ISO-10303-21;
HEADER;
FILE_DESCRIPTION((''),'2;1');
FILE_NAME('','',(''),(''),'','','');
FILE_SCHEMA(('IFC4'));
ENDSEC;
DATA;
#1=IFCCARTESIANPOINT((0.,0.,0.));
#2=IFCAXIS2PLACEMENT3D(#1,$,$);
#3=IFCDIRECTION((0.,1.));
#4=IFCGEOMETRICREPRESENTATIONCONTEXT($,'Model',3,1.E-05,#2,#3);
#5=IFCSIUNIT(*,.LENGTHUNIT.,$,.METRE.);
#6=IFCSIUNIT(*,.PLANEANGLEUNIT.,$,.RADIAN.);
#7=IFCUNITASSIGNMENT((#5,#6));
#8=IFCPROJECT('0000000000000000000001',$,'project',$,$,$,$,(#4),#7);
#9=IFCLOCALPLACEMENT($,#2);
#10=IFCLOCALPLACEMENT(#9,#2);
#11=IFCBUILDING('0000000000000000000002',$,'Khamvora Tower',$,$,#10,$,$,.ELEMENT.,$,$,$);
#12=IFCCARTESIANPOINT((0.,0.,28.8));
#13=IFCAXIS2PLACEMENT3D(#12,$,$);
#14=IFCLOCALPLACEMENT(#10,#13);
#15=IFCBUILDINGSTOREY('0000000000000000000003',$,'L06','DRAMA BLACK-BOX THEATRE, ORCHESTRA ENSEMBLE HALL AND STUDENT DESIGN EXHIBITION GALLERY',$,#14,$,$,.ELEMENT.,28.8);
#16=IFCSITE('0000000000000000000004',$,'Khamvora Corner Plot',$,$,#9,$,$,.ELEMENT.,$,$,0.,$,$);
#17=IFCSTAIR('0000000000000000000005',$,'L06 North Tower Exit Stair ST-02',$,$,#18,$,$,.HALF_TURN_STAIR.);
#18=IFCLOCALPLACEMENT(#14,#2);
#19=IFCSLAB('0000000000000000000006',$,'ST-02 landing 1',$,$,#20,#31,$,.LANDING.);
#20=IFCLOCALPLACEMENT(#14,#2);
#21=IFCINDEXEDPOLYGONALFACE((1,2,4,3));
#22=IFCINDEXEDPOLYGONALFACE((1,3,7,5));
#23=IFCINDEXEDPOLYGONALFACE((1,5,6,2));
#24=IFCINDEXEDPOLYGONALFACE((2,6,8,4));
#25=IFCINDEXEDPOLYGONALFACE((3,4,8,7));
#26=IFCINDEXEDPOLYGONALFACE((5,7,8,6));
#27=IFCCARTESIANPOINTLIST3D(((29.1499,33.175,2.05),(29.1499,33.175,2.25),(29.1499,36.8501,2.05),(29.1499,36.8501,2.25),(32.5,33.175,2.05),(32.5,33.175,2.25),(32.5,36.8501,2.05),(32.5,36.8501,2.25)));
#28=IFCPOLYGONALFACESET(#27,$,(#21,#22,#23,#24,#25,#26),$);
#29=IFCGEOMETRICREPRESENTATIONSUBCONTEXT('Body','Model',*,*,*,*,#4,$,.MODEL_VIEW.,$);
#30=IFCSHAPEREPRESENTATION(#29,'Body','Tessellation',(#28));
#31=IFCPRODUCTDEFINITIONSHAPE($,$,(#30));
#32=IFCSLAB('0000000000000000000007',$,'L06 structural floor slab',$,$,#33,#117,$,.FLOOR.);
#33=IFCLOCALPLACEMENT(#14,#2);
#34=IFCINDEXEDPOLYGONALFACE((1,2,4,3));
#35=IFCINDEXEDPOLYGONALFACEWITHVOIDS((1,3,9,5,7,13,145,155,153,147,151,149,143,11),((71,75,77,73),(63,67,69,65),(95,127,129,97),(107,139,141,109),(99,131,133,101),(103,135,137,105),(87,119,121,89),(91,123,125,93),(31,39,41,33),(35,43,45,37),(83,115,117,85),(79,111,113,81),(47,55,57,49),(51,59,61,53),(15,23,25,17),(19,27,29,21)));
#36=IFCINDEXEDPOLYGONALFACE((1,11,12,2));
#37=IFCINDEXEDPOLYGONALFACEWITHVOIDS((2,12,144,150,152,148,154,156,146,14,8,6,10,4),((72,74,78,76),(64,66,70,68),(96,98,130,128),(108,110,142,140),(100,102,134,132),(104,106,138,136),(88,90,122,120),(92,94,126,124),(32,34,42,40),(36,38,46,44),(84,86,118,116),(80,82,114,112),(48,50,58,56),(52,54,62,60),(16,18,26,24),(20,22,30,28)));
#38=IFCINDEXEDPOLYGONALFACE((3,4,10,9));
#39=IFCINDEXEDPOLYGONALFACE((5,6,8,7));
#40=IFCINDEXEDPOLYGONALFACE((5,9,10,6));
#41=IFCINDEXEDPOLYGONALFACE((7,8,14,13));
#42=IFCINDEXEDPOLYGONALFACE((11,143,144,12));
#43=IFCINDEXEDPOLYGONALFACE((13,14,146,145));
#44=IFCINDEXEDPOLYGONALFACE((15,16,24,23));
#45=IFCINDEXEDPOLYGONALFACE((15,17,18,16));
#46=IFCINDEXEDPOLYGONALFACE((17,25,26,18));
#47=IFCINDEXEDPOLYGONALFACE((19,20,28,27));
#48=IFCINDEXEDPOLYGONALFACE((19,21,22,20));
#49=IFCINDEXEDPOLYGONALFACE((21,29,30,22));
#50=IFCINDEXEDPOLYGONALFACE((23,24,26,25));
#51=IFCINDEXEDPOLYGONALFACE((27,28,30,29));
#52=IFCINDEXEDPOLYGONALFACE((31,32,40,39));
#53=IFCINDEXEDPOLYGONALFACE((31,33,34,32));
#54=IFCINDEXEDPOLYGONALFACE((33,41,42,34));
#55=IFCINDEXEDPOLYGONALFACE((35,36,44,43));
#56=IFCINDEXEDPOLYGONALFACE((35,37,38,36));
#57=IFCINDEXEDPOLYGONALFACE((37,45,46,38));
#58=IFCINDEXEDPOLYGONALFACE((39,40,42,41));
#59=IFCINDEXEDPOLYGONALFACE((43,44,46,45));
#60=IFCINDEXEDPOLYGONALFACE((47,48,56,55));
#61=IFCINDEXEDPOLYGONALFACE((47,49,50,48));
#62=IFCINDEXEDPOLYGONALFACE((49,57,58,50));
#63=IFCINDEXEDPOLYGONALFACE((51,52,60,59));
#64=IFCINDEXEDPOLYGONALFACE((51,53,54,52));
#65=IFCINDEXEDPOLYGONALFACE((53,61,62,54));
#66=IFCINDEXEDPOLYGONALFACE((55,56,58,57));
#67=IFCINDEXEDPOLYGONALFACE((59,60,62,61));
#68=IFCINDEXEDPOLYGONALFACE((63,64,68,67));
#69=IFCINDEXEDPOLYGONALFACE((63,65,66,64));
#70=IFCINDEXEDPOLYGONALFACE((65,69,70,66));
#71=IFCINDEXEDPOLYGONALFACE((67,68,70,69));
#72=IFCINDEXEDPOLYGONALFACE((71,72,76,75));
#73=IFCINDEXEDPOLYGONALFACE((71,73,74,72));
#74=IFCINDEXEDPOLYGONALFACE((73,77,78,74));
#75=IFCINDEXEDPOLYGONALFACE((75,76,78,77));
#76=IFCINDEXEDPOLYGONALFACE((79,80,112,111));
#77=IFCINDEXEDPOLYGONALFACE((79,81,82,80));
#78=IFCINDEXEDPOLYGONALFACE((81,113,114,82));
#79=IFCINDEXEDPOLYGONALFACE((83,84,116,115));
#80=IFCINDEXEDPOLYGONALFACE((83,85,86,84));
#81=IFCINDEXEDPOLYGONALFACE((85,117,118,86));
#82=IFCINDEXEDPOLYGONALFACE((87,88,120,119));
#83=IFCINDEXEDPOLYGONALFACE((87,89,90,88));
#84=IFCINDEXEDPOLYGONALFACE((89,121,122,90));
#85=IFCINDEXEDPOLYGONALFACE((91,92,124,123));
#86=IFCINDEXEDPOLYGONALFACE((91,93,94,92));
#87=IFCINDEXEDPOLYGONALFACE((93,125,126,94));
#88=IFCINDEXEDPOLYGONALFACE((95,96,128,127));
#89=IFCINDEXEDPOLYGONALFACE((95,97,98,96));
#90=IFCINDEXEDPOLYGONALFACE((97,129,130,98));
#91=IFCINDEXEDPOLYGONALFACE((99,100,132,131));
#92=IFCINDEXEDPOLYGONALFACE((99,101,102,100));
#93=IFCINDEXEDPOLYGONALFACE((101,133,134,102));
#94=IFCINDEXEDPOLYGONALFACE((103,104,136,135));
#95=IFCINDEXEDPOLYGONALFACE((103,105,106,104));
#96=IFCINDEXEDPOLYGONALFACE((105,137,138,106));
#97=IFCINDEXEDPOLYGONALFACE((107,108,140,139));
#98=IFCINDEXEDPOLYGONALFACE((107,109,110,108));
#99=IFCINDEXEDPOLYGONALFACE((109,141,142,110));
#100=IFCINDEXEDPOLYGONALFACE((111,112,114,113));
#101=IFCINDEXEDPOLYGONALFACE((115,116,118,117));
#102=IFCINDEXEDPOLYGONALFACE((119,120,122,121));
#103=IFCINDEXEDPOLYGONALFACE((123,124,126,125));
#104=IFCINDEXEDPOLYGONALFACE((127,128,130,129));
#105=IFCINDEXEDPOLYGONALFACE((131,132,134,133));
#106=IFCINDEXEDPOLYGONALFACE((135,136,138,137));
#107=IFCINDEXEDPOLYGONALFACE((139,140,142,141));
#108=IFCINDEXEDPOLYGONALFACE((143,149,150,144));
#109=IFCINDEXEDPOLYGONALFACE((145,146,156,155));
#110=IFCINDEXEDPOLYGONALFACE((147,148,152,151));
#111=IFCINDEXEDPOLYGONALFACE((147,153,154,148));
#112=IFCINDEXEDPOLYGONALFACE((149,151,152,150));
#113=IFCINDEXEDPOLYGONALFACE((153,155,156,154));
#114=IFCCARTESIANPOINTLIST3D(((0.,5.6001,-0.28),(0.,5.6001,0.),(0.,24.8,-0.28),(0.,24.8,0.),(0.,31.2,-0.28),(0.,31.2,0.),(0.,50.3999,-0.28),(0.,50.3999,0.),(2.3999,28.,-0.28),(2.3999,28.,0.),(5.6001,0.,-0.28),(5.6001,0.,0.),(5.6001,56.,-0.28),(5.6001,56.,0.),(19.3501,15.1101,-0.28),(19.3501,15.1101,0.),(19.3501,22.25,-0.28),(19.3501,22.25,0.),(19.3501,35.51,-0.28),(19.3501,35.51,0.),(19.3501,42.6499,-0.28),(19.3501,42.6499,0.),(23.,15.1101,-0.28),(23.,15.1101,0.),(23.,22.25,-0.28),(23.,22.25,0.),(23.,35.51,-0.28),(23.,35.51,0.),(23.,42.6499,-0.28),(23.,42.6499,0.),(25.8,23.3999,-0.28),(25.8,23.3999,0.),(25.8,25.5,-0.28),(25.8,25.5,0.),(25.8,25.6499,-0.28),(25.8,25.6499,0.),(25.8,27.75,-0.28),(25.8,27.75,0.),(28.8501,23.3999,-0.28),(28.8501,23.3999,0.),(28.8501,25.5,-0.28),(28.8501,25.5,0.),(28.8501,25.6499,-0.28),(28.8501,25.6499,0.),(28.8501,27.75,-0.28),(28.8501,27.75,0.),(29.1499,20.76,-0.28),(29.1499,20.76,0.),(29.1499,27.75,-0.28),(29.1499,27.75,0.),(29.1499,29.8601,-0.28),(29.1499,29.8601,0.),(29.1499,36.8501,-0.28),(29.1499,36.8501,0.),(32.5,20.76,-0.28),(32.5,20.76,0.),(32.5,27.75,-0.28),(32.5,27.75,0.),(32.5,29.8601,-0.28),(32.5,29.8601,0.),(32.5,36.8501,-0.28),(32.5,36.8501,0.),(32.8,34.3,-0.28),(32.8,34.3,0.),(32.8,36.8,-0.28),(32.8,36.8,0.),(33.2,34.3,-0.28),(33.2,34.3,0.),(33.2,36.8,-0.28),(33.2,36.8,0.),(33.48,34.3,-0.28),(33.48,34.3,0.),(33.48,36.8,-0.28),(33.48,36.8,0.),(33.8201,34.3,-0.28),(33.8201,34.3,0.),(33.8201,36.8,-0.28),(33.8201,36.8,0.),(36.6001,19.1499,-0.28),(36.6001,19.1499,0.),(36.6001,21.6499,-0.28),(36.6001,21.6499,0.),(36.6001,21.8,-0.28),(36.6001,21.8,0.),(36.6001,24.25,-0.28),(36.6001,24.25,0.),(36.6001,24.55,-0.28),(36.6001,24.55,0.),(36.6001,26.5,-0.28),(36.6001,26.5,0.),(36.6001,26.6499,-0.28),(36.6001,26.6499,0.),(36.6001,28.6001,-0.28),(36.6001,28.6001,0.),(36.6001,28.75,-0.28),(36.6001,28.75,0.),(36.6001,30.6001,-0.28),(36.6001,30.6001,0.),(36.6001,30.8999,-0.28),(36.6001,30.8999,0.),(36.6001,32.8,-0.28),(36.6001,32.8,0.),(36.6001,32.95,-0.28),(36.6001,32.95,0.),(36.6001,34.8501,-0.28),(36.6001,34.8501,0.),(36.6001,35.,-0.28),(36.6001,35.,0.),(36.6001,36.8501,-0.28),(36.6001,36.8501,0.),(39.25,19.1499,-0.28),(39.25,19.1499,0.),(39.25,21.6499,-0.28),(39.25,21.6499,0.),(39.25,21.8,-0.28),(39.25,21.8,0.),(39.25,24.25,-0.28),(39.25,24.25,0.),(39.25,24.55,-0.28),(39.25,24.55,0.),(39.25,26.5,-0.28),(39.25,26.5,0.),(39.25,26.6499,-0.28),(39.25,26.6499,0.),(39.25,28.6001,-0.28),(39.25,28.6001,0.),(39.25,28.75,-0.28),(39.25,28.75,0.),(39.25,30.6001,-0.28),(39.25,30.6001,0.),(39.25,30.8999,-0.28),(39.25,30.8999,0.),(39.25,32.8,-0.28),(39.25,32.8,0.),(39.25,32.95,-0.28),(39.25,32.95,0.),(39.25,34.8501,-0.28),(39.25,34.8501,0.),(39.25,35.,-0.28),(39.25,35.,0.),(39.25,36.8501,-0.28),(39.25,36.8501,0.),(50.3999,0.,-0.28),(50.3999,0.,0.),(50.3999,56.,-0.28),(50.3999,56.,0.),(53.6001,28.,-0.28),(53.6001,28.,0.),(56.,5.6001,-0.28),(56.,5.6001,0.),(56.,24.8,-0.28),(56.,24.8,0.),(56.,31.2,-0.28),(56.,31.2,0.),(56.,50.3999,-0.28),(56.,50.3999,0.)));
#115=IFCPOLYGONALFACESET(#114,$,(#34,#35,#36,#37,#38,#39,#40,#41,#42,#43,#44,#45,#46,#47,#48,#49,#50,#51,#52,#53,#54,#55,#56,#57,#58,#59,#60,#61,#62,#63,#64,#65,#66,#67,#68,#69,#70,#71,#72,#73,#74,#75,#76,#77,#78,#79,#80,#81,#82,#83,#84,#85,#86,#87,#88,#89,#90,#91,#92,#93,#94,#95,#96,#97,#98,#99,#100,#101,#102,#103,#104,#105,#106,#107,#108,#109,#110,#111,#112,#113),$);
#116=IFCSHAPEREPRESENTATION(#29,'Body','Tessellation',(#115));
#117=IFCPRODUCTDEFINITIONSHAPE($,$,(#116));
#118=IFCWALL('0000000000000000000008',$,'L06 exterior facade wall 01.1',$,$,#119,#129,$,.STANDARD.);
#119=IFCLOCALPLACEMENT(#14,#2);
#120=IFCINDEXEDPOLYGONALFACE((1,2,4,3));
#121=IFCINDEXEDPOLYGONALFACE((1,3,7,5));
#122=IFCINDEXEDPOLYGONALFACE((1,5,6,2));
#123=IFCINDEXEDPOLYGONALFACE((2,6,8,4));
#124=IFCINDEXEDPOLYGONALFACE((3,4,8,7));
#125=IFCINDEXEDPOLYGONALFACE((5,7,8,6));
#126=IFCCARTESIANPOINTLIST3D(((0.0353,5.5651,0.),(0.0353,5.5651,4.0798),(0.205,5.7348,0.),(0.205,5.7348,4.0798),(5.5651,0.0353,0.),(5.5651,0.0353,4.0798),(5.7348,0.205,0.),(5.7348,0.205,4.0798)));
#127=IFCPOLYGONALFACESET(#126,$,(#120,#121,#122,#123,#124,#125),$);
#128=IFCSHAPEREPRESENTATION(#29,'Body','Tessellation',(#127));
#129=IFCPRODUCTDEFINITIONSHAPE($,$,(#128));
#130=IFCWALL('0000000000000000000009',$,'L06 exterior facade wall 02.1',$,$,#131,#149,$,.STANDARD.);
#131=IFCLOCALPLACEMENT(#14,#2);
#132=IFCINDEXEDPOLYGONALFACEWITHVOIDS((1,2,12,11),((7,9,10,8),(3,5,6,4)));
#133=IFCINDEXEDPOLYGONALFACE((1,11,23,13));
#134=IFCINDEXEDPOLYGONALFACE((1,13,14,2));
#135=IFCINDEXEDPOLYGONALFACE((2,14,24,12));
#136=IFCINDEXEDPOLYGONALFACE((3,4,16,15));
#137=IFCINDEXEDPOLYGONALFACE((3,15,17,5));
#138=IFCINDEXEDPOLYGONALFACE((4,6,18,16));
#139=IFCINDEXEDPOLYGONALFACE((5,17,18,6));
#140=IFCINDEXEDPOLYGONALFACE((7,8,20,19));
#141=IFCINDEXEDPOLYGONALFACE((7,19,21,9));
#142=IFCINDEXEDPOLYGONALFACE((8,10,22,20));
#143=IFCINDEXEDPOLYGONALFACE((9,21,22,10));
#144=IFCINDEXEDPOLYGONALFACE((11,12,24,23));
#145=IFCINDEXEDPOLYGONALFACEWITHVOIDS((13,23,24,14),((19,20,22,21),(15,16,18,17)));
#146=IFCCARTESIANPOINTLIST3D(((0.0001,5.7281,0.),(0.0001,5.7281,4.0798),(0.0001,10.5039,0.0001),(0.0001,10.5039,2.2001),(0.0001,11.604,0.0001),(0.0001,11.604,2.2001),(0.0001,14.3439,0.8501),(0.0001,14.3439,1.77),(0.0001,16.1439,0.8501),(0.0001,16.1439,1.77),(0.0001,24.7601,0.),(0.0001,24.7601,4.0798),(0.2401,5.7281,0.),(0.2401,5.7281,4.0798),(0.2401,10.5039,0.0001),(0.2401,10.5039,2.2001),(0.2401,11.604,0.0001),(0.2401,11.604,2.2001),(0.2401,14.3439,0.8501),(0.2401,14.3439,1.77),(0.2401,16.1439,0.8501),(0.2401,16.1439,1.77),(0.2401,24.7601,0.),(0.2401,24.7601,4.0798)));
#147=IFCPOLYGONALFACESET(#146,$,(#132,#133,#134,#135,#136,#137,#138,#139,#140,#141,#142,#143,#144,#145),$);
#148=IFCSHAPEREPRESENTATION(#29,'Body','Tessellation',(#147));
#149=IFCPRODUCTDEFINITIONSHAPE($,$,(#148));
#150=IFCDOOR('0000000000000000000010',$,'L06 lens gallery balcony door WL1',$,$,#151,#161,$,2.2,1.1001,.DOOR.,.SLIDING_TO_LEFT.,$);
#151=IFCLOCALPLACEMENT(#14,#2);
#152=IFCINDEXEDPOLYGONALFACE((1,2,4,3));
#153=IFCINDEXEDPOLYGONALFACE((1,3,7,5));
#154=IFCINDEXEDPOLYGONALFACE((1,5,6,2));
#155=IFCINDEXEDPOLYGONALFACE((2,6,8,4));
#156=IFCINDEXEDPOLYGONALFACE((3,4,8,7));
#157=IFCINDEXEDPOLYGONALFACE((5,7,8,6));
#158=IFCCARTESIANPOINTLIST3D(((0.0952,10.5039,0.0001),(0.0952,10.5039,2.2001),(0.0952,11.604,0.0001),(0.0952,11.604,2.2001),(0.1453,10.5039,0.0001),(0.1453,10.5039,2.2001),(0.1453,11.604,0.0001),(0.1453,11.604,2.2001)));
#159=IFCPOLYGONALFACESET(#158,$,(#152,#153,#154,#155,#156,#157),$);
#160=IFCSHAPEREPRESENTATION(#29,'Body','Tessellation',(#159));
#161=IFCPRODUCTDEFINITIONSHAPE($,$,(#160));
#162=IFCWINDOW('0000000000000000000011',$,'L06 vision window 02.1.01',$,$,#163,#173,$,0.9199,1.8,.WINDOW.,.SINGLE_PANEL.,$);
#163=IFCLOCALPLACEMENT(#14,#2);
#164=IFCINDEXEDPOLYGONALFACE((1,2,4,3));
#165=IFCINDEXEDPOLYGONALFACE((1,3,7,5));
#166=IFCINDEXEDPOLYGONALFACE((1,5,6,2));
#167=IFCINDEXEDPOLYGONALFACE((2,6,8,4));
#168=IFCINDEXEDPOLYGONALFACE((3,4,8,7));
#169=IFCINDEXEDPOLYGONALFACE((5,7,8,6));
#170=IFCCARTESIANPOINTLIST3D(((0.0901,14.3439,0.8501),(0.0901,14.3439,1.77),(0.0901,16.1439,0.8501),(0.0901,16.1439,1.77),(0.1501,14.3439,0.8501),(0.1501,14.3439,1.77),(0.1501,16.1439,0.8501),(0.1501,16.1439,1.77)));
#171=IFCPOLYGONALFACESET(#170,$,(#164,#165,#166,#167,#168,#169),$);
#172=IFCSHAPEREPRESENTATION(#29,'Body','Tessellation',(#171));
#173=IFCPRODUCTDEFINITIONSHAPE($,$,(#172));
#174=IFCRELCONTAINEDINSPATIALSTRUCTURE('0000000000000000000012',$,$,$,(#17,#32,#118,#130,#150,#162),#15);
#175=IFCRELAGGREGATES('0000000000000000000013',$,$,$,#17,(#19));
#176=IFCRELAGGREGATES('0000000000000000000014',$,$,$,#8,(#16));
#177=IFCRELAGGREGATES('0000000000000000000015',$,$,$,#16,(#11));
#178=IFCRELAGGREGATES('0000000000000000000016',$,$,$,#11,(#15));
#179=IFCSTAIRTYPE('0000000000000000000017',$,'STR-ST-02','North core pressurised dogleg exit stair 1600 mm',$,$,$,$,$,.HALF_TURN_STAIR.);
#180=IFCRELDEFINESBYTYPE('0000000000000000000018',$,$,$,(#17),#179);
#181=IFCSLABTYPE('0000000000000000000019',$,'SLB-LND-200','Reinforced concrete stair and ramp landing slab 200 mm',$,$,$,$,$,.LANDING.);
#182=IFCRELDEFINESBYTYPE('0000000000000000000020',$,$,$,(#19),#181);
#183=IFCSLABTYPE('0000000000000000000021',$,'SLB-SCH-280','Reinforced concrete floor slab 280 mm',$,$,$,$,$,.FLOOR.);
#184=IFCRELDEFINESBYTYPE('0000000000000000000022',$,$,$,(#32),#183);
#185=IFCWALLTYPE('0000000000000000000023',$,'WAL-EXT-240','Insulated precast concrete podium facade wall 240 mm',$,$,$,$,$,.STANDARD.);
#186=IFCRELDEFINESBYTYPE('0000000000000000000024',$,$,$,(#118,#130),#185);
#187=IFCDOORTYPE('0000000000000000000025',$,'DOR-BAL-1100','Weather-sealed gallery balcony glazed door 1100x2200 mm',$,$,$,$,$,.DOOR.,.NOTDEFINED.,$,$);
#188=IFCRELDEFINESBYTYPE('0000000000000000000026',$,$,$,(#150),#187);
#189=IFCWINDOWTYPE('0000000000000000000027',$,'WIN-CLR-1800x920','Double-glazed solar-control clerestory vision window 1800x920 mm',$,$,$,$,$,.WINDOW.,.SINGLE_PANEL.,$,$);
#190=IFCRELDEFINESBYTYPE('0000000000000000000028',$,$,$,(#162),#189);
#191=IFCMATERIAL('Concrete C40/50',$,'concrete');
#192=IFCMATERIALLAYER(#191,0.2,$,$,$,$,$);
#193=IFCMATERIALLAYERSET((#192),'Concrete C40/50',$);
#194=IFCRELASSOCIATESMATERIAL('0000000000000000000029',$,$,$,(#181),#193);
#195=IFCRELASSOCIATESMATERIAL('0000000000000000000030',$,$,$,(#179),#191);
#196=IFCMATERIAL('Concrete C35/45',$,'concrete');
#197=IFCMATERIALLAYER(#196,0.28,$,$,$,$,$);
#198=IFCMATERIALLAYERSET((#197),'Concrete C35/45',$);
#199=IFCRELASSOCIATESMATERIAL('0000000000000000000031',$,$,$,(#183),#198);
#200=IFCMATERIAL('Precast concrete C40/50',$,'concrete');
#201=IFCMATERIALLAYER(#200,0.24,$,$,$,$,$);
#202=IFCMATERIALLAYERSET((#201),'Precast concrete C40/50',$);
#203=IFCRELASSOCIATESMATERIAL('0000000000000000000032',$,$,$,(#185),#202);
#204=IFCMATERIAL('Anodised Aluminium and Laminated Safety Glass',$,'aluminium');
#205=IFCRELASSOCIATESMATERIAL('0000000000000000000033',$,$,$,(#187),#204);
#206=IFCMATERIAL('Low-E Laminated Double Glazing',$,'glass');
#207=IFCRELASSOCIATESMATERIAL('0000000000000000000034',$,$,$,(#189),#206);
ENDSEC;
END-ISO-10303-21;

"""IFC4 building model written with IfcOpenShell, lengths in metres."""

from ifc_helpers import new_model, si_unit, direction, frame, frame_2d, origin, place, context, subcontext, project, spatial, polyline, rectangle, outline, extrude, material, layer, layer_set, type_object, element, fill, aggregate, save


model = new_model("IFC4")

# Units and contexts
model_context = context("Model", 3, precision=1e-05, world=origin(), true_north=direction((0.0, 1.0)))
body_context = subcontext(model_context, "Body", "Model", "MODEL_VIEW")
ifc_project = project(units=[si_unit("LENGTHUNIT", "METRE"), si_unit("PLANEANGLEUNIT", "RADIAN")], contexts=[model_context])

# Site, building, storey
site_placement = place(None, origin())
site = spatial("IfcSite", under=ifc_project, at=site_placement, Name="Khamvora Corner Plot", CompositionType="ELEMENT", RefElevation=0.0)
building_placement = place(site_placement, origin())
building = spatial("IfcBuilding", under=site, at=building_placement, Name="Khamvora Tower", CompositionType="ELEMENT")
storey_placement = place(building_placement, frame((0.0, 0.0, 28.8)))
storey = spatial("IfcBuildingStorey", under=building, at=storey_placement, Name="L06", Description="DRAMA BLACK-BOX THEATRE, ORCHESTRA ENSEMBLE HALL AND STUDENT DESIGN EXHIBITION GALLERY", CompositionType="ELEMENT", Elevation=28.8)

# Shared definitions
ifc_material_1 = material(Name="Concrete C40/50", Category="concrete")

# Stair, slab
ifc_layer_1 = layer(ifc_material_1, 0.2)
ifc_layer_set_1 = layer_set([ifc_layer_1], Name="Concrete C40/50")
slab_type_1 = type_object("IfcSlabType", Name="SLB-LND-200", Description="Reinforced concrete stair and ramp landing slab 200 mm", PredefinedType="LANDING", material=ifc_layer_set_1)
stair_type_1 = type_object("IfcStairType", Name="STR-ST-02", Description="North core pressurised dogleg exit stair 1600 mm", PredefinedType="HALF_TURN_STAIR", material=ifc_material_1)
stair_1_placement = place(storey_placement, origin())
stair_1 = element("IfcStair", 1, at=stair_1_placement, inside=storey, type_object=stair_type_1, Name="L06 North Tower Exit Stair ST-02", PredefinedType="HALF_TURN_STAIR")
slab_1_placement = place(storey_placement, frame((0.0, 0.0, 2.05)))
slab_1 = element("IfcSlab", 2, at=slab_1_placement, type_object=slab_type_1, Name="ST-02 landing 1", PredefinedType="LANDING", context=body_context, shape_type="SweptSolid", body=[
    extrude(outline(polyline([(32.5, 33.175), (32.5, 36.8501), (29.1499, 36.8501), (29.1499, 33.175), (32.5, 33.175)])), origin(), (0.0, 0.0, 1.0), 0.2),
])
aggregate(stair_1, [slab_1])

# Slab
ifc_material_2 = material(Name="Concrete C35/45", Category="concrete")
ifc_layer_2 = layer(ifc_material_2, 0.28)
ifc_layer_set_2 = layer_set([ifc_layer_2], Name="Concrete C35/45")
slab_type_2 = type_object("IfcSlabType", Name="SLB-SCH-280", Description="Reinforced concrete floor slab 280 mm", PredefinedType="FLOOR", material=ifc_layer_set_2)
slab_2_placement = place(storey_placement, frame((0.0, 0.0, -0.28)))
element("IfcSlab", 3, at=slab_2_placement, inside=storey, type_object=slab_type_2, Name="L06 structural floor slab", PredefinedType="FLOOR", context=body_context, shape_type="SweptSolid", body=[
    extrude(outline(polyline([(5.6001, 0.0), (50.3999, 0.0), (56.0, 5.6001), (56.0, 24.8), (53.6001, 28.0), (56.0, 31.2), (56.0, 50.3999), (50.3999, 56.0), (5.6001, 56.0), (0.0, 50.3999), (0.0, 31.2), (2.3999, 28.0), (0.0, 24.8), (0.0, 5.6001), (5.6001, 0.0)]), holes=[polyline([(32.5, 20.76), (32.5, 27.75), (29.1499, 27.75), (29.1499, 20.76), (32.5, 20.76)]), polyline([(32.5, 29.8601), (32.5, 36.8501), (29.1499, 36.8501), (29.1499, 29.8601), (32.5, 29.8601)]), polyline([(23.0, 15.1101), (23.0, 22.25), (19.3501, 22.25), (19.3501, 15.1101), (23.0, 15.1101)]), polyline([(23.0, 35.51), (23.0, 42.6499), (19.3501, 42.6499), (19.3501, 35.51), (23.0, 35.51)]), polyline([(36.6001, 19.1499), (39.25, 19.1499), (39.25, 21.6499), (36.6001, 21.6499), (36.6001, 19.1499)]), polyline([(36.6001, 21.8), (39.25, 21.8), (39.25, 24.25), (36.6001, 24.25), (36.6001, 21.8)]), polyline([(36.6001, 24.55), (39.25, 24.55), (39.25, 26.5), (36.6001, 26.5), (36.6001, 24.55)]), polyline([(36.6001, 26.6499), (39.25, 26.6499), (39.25, 28.6001), (36.6001, 28.6001), (36.6001, 26.6499)]), polyline([(36.6001, 28.75), (39.25, 28.75), (39.25, 30.6001), (36.6001, 30.6001), (36.6001, 28.75)]), polyline([(36.6001, 30.8999), (39.25, 30.8999), (39.25, 32.8), (36.6001, 32.8), (36.6001, 30.8999)]), polyline([(36.6001, 32.95), (39.25, 32.95), (39.25, 34.8501), (36.6001, 34.8501), (36.6001, 32.95)]), polyline([(36.6001, 35.0), (39.25, 35.0), (39.25, 36.8501), (36.6001, 36.8501), (36.6001, 35.0)]), polyline([(25.8, 23.3999), (28.8501, 23.3999), (28.8501, 25.5), (25.8, 25.5), (25.8, 23.3999)]), polyline([(25.8, 25.6499), (28.8501, 25.6499), (28.8501, 27.75), (25.8, 27.75), (25.8, 25.6499)]), polyline([(32.8, 34.3), (33.2, 34.3), (33.2, 36.8), (32.8, 36.8), (32.8, 34.3)]), polyline([(33.48, 34.3), (33.8201, 34.3), (33.8201, 36.8), (33.48, 36.8), (33.48, 34.3)])]), origin(), (0.0, 0.0, 1.0), 0.28),
])

# Wall
ifc_material_3 = material(Name="Precast concrete C40/50", Category="concrete")
ifc_layer_3 = layer(ifc_material_3, 0.24)
ifc_layer_set_3 = layer_set([ifc_layer_3], Name="Precast concrete C40/50")
wall_type = type_object("IfcWallType", Name="WAL-EXT-240", Description="Insulated precast concrete podium facade wall 240 mm", PredefinedType="STANDARD", material=ifc_layer_set_3)
wall_1_placement = place(storey_placement, frame((5.6499, 0.1201, 0.0), z_axis=(0.0, 0.0, 1.0), x_axis=(-0.707107, 0.707107, 0.0)))
element("IfcWall", 4, at=wall_1_placement, inside=storey, type_object=wall_type, Name="L06 exterior facade wall 01.1", PredefinedType="STANDARD", context=body_context, shape_type="SweptSolid", body=[
    extrude(rectangle(XDim=7.8203, YDim=0.24, at=frame_2d((3.9102, 0.0))), origin(), (0.0, 0.0, 1.0), 4.0798),
])

# Wall, openings, door, window
wall_2_placement = place(storey_placement, frame((0.1201, 5.728, 0.0), z_axis=(0.0, 0.0, 1.0), x_axis=(0.0, 1.0, 0.0)))
wall_2 = element("IfcWall", 5, at=wall_2_placement, inside=storey, type_object=wall_type, Name="L06 exterior facade wall 02.1", PredefinedType="STANDARD", context=body_context, shape_type="SweptSolid", body=[
    extrude(rectangle(XDim=19.032, YDim=0.24, at=frame_2d((9.5161, 0.0))), origin(), (0.0, 0.0, 1.0), 4.0798),
])
opening_1_placement = place(wall_2_placement, frame((4.7759, 0.0, 0.0)))
opening_1 = element("IfcOpeningElement", 6, at=opening_1_placement, cuts=wall_2, PredefinedType="OPENING", context=body_context, shape_type="SweptSolid", body=[
    extrude(rectangle(XDim=1.1001, YDim=2.2, at=frame_2d((0.55, 1.1001))), frame((0.0, 0.1299, 0.0), z_axis=(0.0, -1.0, 0.0), x_axis=(1.0, 0.0, 0.0)), (0.0, 0.0, 1.0), 0.26),
])
opening_2_placement = place(wall_2_placement, frame((8.616, 0.0, 0.8501)))
opening_2 = element("IfcOpeningElement", 7, at=opening_2_placement, cuts=wall_2, PredefinedType="OPENING", context=body_context, shape_type="SweptSolid", body=[
    extrude(rectangle(XDim=1.8, YDim=0.9199, at=frame_2d((0.8999, 0.46))), frame((0.0, 0.1299, 0.0), z_axis=(0.0, -1.0, 0.0), x_axis=(1.0, 0.0, 0.0)), (0.0, 0.0, 1.0), 0.26),
])
ifc_material_4 = material(Name="Anodised Aluminium and Laminated Safety Glass", Category="aluminium")
door_type = type_object("IfcDoorType", Name="DOR-BAL-1100", Description="Weather-sealed gallery balcony glazed door 1100x2200 mm", OperationType="NOTDEFINED", PredefinedType="DOOR", material=ifc_material_4)
door_placement = place(opening_1_placement, origin())
door = element("IfcDoor", 8, at=door_placement, inside=storey, type_object=door_type, Name="L06 lens gallery balcony door WL1", OperationType="SLIDING_TO_LEFT", OverallHeight=2.2, OverallWidth=1.1001, PredefinedType="DOOR", context=body_context, shape_type="SweptSolid", body=[
    extrude(rectangle(XDim=1.1001, YDim=2.2, at=frame_2d((0.55, 1.1001))), frame((0.0, 0.0249, 0.0), z_axis=(0.0, -1.0, 0.0), x_axis=(1.0, 0.0, 0.0)), (0.0, 0.0, 1.0), 0.05),
])
fill(opening_1, door)
ifc_material_5 = material(Name="Low-E Laminated Double Glazing", Category="glass")
window_type = type_object("IfcWindowType", Name="WIN-CLR-1800x920", Description="Double-glazed solar-control clerestory vision window 1800x920 mm", PartitioningType="SINGLE_PANEL", PredefinedType="WINDOW", material=ifc_material_5)
window_placement = place(opening_2_placement, origin())
window = element("IfcWindow", 9, at=window_placement, inside=storey, type_object=window_type, Name="L06 vision window 02.1.01", OverallHeight=0.9199, OverallWidth=1.8, PartitioningType="SINGLE_PANEL", PredefinedType="WINDOW", context=body_context, shape_type="SweptSolid", body=[
    extrude(rectangle(XDim=1.8, YDim=0.9199, at=frame_2d((0.8999, 0.46))), frame((0.0, 0.03, 0.0), z_axis=(0.0, -1.0, 0.0), x_axis=(1.0, 0.0, 0.0)), (0.0, 0.0, 1.0), 0.0601),
])
fill(opening_2, window)

save(model, "model.ifc")
